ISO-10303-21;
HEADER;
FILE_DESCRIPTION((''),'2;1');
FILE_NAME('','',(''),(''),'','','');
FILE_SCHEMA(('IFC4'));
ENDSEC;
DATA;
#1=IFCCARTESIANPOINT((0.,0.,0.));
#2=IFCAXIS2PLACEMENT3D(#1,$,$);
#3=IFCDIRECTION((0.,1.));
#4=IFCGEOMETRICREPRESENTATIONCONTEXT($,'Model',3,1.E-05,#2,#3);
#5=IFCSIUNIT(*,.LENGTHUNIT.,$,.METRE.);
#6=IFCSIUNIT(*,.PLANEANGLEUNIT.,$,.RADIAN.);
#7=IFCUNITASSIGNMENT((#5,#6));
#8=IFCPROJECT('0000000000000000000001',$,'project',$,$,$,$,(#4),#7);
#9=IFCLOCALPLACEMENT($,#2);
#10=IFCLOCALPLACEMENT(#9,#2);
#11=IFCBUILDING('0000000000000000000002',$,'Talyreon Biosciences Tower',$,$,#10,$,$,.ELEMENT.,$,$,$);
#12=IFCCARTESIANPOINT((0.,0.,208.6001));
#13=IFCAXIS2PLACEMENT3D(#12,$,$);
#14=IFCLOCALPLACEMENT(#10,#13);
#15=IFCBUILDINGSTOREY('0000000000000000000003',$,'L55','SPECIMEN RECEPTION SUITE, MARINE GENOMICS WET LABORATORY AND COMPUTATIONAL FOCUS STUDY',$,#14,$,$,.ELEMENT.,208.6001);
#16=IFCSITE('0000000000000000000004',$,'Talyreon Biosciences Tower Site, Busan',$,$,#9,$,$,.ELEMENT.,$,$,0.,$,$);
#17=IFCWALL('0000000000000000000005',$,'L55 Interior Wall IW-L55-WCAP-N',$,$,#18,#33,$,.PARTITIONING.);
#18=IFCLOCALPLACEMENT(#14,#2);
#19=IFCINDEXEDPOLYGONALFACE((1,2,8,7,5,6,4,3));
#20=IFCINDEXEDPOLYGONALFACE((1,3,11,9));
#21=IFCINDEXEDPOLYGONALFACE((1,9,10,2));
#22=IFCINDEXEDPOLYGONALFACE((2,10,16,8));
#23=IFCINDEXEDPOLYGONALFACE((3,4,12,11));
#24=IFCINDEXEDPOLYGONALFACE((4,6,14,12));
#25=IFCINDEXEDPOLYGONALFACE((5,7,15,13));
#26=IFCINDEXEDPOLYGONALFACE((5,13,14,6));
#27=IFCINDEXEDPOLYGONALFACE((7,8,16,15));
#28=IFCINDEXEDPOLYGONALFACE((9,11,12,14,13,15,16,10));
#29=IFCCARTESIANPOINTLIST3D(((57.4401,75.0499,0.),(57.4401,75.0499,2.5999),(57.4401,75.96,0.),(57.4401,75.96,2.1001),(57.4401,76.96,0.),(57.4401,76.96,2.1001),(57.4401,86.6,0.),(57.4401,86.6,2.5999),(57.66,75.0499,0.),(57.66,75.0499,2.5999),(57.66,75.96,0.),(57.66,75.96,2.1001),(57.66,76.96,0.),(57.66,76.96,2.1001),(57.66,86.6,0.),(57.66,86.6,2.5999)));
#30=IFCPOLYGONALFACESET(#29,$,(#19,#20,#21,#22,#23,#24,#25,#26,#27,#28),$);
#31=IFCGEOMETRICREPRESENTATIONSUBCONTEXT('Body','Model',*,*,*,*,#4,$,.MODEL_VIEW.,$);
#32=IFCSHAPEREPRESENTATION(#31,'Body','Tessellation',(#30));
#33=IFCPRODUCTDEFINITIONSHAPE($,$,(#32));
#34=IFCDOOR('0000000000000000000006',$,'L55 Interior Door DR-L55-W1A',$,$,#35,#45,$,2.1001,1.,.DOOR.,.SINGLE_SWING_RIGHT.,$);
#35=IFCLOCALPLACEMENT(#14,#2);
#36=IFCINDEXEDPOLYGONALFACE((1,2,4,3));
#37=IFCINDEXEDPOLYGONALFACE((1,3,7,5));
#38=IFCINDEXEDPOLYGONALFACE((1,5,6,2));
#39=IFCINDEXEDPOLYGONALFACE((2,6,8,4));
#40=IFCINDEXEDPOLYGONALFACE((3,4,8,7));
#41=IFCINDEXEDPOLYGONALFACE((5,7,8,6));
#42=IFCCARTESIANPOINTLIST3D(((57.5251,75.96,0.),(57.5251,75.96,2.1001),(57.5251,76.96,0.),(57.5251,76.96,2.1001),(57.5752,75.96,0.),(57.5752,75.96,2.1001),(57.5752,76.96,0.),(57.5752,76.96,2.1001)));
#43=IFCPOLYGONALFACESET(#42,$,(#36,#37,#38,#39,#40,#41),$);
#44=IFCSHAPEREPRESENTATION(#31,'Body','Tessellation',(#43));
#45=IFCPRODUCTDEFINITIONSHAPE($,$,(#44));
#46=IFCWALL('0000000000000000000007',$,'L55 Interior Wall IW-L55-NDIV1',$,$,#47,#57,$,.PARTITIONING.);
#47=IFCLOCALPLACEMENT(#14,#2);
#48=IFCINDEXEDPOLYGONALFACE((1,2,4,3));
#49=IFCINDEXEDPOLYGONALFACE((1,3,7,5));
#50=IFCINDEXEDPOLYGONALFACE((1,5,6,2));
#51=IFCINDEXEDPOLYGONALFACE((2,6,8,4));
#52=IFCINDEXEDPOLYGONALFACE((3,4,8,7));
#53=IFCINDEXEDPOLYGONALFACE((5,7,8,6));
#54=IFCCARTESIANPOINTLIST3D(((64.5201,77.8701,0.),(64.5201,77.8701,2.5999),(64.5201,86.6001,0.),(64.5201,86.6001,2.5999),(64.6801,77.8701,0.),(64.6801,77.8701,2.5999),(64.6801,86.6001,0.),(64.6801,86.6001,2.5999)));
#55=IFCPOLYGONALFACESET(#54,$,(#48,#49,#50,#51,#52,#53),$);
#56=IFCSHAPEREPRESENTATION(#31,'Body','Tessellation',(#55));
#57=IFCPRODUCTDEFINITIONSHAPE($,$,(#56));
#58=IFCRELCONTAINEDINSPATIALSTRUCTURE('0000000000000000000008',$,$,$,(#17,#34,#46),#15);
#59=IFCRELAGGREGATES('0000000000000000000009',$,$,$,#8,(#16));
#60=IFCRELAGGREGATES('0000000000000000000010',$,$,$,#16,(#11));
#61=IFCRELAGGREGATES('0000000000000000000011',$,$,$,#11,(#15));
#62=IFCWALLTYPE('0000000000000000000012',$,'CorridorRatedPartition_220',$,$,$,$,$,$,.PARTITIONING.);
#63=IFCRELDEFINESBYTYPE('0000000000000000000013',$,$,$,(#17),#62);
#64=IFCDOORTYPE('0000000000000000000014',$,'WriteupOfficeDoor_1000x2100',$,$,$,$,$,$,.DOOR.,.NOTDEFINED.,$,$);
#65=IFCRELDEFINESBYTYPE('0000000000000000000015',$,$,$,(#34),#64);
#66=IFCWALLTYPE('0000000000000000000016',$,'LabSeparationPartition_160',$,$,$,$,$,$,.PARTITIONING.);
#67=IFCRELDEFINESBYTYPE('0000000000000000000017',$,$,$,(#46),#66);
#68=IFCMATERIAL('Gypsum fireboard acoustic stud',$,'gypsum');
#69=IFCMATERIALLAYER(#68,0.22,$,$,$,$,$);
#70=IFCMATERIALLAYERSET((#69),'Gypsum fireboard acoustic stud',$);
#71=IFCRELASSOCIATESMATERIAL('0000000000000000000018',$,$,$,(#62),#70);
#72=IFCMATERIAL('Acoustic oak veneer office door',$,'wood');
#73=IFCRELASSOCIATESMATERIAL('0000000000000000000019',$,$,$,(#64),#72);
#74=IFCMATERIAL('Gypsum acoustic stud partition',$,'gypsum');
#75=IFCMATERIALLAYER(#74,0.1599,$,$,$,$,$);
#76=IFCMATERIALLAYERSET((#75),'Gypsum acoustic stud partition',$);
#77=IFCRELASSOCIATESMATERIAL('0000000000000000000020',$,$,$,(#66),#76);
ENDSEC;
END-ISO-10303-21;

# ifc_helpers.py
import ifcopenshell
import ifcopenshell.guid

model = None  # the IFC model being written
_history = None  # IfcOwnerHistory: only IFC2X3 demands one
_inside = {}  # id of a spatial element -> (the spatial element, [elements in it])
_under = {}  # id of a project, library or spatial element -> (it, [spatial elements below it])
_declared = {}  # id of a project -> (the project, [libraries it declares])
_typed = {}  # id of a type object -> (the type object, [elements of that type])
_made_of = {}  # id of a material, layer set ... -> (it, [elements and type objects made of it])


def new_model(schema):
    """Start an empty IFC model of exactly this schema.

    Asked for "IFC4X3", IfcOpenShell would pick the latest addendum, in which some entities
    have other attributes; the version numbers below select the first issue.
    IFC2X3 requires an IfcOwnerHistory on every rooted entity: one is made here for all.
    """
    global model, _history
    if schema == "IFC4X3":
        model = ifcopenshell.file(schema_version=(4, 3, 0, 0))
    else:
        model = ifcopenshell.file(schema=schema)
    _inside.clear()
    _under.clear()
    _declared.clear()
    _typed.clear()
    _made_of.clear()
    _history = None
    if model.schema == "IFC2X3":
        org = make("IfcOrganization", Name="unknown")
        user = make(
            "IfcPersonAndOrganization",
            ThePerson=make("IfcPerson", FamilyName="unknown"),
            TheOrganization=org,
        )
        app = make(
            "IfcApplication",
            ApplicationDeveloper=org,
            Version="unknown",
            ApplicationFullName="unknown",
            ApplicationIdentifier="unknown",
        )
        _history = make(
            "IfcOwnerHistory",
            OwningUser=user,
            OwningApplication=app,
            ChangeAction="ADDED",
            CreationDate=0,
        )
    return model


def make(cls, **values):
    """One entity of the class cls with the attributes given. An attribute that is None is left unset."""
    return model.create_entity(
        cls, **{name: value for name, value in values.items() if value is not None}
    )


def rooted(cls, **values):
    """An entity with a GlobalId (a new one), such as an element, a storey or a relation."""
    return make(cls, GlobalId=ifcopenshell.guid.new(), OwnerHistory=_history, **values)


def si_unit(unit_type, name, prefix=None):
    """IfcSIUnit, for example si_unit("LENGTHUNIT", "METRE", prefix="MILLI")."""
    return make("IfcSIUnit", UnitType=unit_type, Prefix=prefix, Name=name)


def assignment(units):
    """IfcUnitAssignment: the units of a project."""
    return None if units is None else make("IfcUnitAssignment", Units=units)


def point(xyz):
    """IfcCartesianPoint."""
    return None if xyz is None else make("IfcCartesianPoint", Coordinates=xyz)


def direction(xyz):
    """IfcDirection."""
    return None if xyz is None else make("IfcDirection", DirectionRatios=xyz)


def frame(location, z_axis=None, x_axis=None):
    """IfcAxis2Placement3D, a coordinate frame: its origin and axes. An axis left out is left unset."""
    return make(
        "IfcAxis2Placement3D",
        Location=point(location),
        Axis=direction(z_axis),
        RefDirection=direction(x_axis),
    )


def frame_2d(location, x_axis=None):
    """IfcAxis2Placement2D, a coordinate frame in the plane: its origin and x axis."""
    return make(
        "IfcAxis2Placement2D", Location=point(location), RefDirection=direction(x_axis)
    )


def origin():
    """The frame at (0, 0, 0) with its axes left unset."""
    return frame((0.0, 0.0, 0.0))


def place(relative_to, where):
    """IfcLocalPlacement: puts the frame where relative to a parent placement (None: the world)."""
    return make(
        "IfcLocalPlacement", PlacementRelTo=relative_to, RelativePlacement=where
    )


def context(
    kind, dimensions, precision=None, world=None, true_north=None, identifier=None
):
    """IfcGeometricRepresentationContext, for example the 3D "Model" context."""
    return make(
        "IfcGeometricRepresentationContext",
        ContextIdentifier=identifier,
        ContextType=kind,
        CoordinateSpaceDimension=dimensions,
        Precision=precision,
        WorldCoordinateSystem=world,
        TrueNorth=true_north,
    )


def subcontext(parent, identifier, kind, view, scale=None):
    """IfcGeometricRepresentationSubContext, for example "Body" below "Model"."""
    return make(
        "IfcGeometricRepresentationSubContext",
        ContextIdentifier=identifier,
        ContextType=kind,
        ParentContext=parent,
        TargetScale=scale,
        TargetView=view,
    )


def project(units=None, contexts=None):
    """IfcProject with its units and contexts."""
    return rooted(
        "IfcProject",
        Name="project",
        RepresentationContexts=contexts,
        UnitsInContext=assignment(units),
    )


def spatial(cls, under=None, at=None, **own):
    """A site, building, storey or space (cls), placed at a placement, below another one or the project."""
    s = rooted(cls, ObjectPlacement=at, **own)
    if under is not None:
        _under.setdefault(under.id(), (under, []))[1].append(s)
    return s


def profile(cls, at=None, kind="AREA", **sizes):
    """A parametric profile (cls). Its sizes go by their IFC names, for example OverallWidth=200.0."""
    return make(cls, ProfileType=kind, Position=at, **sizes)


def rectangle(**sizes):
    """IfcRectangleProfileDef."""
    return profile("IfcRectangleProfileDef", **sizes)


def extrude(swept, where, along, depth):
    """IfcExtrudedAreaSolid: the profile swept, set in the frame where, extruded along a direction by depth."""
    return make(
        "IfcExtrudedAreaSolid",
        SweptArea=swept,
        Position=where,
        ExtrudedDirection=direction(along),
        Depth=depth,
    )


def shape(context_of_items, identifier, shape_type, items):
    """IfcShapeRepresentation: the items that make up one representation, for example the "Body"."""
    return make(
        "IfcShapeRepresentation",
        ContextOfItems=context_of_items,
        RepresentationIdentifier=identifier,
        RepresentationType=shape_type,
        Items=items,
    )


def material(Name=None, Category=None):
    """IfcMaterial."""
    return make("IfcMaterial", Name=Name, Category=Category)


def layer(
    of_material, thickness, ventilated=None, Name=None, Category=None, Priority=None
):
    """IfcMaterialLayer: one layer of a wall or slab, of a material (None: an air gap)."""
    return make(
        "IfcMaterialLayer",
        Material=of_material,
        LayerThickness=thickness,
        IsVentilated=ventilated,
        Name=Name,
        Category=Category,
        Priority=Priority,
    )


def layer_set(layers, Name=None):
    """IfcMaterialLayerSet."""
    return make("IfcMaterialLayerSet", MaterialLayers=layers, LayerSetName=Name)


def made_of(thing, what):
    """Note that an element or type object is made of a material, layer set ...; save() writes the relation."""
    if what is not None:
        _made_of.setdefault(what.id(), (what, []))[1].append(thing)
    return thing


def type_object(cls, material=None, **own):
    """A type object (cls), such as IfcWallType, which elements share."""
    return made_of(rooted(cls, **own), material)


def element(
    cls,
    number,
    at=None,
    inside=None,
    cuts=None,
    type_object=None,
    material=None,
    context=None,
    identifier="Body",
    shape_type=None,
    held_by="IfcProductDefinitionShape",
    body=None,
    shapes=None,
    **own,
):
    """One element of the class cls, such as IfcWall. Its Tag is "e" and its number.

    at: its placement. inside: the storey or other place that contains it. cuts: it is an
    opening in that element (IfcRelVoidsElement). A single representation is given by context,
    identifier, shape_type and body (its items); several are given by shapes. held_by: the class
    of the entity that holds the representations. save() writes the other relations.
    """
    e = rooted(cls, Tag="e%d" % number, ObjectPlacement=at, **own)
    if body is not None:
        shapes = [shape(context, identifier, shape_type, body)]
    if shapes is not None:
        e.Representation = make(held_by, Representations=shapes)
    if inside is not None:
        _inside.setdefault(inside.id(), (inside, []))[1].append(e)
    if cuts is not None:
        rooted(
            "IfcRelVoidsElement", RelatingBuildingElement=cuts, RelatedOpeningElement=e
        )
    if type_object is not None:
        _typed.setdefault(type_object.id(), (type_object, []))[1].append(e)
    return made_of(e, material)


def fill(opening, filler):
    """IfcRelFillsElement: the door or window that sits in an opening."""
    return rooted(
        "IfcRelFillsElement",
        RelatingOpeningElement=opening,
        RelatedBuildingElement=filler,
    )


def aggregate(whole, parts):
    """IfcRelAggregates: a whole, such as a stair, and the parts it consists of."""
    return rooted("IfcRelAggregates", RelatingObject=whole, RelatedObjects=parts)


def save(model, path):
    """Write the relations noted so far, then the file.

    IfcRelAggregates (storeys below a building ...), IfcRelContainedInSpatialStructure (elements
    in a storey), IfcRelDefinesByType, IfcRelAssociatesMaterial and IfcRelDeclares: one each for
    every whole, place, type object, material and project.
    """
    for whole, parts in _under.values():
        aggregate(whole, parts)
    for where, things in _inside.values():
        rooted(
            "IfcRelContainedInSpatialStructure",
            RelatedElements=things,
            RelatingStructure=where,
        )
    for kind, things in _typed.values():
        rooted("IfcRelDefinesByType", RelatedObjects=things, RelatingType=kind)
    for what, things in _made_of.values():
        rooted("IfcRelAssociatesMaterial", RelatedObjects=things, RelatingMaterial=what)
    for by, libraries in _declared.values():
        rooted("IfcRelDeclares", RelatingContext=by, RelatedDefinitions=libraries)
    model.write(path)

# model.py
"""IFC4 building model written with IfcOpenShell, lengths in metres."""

from ifc_helpers import new_model, si_unit, direction, frame, frame_2d, origin, place, context, subcontext, project, spatial, rectangle, extrude, material, layer, layer_set, type_object, element, fill, save


model = new_model("IFC4")

# Units and contexts
model_context = context("Model", 3, precision=1e-05, world=origin(), true_north=direction((0.0, 1.0)))
body_context = subcontext(model_context, "Body", "Model", "MODEL_VIEW")
ifc_project = project(units=[si_unit("LENGTHUNIT", "METRE"), si_unit("PLANEANGLEUNIT", "RADIAN")], contexts=[model_context])

# Site, building, storey
site_placement = place(None, origin())
site = spatial("IfcSite", under=ifc_project, at=site_placement, Name="Talyreon Biosciences Tower Site, Busan", CompositionType="ELEMENT", RefElevation=0.0)
building_placement = place(site_placement, origin())
building = spatial("IfcBuilding", under=site, at=building_placement, Name="Talyreon Biosciences Tower", CompositionType="ELEMENT")
storey_placement = place(building_placement, frame((0.0, 0.0, 208.6001)))
storey = spatial("IfcBuildingStorey", under=building, at=storey_placement, Name="L55", Description="SPECIMEN RECEPTION SUITE, MARINE GENOMICS WET LABORATORY AND COMPUTATIONAL FOCUS STUDY", CompositionType="ELEMENT", Elevation=208.6001)

# Shared definitions
ifc_material_1 = material(Name="Gypsum fireboard acoustic stud", Category="gypsum")
ifc_layer_1 = layer(ifc_material_1, 0.22)
ifc_layer_set_1 = layer_set([ifc_layer_1], Name="Gypsum fireboard acoustic stud")
wall_type_1 = type_object("IfcWallType", Name="CorridorRatedPartition_220", PredefinedType="PARTITIONING", material=ifc_layer_set_1)
ifc_material_2 = material(Name="Acoustic oak veneer office door", Category="wood")
door_type_1 = type_object("IfcDoorType", Name="WriteupOfficeDoor_1000x2100", OperationType="NOTDEFINED", PredefinedType="DOOR", material=ifc_material_2)

# Wall, opening, door
wall_1_placement = place(storey_placement, frame((57.55, 75.05, 0.0), z_axis=(0.0, 0.0, 1.0), x_axis=(0.0, 1.0, 0.0)))
wall_1 = element("IfcWall", 1, at=wall_1_placement, inside=storey, type_object=wall_type_1, Name="L55 Interior Wall IW-L55-WCAP-N", PredefinedType="PARTITIONING", context=body_context, shape_type="SweptSolid", body=[
    extrude(rectangle(XDim=11.55, YDim=0.22, at=frame_2d((5.7749, 0.0))), origin(), (0.0, 0.0, 1.0), 2.5999),
])
opening_1_placement = place(wall_1_placement, frame((0.9099, 0.0, 0.0)))
opening_1 = element("IfcOpeningElement", 2, at=opening_1_placement, cuts=wall_1, PredefinedType="OPENING", context=body_context, shape_type="SweptSolid", body=[
    extrude(rectangle(XDim=1.0, YDim=2.1001, at=frame_2d((0.5, 1.05))), frame((0.0, 0.1199, 0.0), z_axis=(0.0, -1.0, 0.0), x_axis=(1.0, 0.0, 0.0)), (0.0, 0.0, 1.0), 0.24),
])
door_1_placement = place(opening_1_placement, origin())
door_1 = element("IfcDoor", 3, at=door_1_placement, inside=storey, type_object=door_type_1, Name="L55 Interior Door DR-L55-W1A", OperationType="SINGLE_SWING_RIGHT", OverallHeight=2.1001, OverallWidth=1.0, PredefinedType="DOOR", context=body_context, shape_type="SweptSolid", body=[
    extrude(rectangle(XDim=1.0, YDim=2.1001, at=frame_2d((0.5, 1.05))), frame((0.0, 0.0249, 0.0), z_axis=(0.0, -1.0, 0.0), x_axis=(1.0, 0.0, 0.0)), (0.0, 0.0, 1.0), 0.05),
])
fill(opening_1, door_1)

# Wall
ifc_material_3 = material(Name="Gypsum acoustic stud partition", Category="gypsum")
ifc_layer_2 = layer(ifc_material_3, 0.1599)
ifc_layer_set_2 = layer_set([ifc_layer_2], Name="Gypsum acoustic stud partition")
wall_type_2 = type_object("IfcWallType", Name="LabSeparationPartition_160", PredefinedType="PARTITIONING", material=ifc_layer_set_2)
wall_2_placement = place(storey_placement, frame((64.6001, 77.8701, 0.0), z_axis=(0.0, 0.0, 1.0), x_axis=(0.0, 1.0, 0.0)))
element("IfcWall", 4, at=wall_2_placement, inside=storey, type_object=wall_type_2, Name="L55 Interior Wall IW-L55-NDIV1", PredefinedType="PARTITIONING", context=body_context, shape_type="SweptSolid", body=[
    extrude(rectangle(XDim=8.73, YDim=0.1599, at=frame_2d((4.365, 0.0))), origin(), (0.0, 0.0, 1.0), 2.5999),
])

save(model, "model.ifc")
